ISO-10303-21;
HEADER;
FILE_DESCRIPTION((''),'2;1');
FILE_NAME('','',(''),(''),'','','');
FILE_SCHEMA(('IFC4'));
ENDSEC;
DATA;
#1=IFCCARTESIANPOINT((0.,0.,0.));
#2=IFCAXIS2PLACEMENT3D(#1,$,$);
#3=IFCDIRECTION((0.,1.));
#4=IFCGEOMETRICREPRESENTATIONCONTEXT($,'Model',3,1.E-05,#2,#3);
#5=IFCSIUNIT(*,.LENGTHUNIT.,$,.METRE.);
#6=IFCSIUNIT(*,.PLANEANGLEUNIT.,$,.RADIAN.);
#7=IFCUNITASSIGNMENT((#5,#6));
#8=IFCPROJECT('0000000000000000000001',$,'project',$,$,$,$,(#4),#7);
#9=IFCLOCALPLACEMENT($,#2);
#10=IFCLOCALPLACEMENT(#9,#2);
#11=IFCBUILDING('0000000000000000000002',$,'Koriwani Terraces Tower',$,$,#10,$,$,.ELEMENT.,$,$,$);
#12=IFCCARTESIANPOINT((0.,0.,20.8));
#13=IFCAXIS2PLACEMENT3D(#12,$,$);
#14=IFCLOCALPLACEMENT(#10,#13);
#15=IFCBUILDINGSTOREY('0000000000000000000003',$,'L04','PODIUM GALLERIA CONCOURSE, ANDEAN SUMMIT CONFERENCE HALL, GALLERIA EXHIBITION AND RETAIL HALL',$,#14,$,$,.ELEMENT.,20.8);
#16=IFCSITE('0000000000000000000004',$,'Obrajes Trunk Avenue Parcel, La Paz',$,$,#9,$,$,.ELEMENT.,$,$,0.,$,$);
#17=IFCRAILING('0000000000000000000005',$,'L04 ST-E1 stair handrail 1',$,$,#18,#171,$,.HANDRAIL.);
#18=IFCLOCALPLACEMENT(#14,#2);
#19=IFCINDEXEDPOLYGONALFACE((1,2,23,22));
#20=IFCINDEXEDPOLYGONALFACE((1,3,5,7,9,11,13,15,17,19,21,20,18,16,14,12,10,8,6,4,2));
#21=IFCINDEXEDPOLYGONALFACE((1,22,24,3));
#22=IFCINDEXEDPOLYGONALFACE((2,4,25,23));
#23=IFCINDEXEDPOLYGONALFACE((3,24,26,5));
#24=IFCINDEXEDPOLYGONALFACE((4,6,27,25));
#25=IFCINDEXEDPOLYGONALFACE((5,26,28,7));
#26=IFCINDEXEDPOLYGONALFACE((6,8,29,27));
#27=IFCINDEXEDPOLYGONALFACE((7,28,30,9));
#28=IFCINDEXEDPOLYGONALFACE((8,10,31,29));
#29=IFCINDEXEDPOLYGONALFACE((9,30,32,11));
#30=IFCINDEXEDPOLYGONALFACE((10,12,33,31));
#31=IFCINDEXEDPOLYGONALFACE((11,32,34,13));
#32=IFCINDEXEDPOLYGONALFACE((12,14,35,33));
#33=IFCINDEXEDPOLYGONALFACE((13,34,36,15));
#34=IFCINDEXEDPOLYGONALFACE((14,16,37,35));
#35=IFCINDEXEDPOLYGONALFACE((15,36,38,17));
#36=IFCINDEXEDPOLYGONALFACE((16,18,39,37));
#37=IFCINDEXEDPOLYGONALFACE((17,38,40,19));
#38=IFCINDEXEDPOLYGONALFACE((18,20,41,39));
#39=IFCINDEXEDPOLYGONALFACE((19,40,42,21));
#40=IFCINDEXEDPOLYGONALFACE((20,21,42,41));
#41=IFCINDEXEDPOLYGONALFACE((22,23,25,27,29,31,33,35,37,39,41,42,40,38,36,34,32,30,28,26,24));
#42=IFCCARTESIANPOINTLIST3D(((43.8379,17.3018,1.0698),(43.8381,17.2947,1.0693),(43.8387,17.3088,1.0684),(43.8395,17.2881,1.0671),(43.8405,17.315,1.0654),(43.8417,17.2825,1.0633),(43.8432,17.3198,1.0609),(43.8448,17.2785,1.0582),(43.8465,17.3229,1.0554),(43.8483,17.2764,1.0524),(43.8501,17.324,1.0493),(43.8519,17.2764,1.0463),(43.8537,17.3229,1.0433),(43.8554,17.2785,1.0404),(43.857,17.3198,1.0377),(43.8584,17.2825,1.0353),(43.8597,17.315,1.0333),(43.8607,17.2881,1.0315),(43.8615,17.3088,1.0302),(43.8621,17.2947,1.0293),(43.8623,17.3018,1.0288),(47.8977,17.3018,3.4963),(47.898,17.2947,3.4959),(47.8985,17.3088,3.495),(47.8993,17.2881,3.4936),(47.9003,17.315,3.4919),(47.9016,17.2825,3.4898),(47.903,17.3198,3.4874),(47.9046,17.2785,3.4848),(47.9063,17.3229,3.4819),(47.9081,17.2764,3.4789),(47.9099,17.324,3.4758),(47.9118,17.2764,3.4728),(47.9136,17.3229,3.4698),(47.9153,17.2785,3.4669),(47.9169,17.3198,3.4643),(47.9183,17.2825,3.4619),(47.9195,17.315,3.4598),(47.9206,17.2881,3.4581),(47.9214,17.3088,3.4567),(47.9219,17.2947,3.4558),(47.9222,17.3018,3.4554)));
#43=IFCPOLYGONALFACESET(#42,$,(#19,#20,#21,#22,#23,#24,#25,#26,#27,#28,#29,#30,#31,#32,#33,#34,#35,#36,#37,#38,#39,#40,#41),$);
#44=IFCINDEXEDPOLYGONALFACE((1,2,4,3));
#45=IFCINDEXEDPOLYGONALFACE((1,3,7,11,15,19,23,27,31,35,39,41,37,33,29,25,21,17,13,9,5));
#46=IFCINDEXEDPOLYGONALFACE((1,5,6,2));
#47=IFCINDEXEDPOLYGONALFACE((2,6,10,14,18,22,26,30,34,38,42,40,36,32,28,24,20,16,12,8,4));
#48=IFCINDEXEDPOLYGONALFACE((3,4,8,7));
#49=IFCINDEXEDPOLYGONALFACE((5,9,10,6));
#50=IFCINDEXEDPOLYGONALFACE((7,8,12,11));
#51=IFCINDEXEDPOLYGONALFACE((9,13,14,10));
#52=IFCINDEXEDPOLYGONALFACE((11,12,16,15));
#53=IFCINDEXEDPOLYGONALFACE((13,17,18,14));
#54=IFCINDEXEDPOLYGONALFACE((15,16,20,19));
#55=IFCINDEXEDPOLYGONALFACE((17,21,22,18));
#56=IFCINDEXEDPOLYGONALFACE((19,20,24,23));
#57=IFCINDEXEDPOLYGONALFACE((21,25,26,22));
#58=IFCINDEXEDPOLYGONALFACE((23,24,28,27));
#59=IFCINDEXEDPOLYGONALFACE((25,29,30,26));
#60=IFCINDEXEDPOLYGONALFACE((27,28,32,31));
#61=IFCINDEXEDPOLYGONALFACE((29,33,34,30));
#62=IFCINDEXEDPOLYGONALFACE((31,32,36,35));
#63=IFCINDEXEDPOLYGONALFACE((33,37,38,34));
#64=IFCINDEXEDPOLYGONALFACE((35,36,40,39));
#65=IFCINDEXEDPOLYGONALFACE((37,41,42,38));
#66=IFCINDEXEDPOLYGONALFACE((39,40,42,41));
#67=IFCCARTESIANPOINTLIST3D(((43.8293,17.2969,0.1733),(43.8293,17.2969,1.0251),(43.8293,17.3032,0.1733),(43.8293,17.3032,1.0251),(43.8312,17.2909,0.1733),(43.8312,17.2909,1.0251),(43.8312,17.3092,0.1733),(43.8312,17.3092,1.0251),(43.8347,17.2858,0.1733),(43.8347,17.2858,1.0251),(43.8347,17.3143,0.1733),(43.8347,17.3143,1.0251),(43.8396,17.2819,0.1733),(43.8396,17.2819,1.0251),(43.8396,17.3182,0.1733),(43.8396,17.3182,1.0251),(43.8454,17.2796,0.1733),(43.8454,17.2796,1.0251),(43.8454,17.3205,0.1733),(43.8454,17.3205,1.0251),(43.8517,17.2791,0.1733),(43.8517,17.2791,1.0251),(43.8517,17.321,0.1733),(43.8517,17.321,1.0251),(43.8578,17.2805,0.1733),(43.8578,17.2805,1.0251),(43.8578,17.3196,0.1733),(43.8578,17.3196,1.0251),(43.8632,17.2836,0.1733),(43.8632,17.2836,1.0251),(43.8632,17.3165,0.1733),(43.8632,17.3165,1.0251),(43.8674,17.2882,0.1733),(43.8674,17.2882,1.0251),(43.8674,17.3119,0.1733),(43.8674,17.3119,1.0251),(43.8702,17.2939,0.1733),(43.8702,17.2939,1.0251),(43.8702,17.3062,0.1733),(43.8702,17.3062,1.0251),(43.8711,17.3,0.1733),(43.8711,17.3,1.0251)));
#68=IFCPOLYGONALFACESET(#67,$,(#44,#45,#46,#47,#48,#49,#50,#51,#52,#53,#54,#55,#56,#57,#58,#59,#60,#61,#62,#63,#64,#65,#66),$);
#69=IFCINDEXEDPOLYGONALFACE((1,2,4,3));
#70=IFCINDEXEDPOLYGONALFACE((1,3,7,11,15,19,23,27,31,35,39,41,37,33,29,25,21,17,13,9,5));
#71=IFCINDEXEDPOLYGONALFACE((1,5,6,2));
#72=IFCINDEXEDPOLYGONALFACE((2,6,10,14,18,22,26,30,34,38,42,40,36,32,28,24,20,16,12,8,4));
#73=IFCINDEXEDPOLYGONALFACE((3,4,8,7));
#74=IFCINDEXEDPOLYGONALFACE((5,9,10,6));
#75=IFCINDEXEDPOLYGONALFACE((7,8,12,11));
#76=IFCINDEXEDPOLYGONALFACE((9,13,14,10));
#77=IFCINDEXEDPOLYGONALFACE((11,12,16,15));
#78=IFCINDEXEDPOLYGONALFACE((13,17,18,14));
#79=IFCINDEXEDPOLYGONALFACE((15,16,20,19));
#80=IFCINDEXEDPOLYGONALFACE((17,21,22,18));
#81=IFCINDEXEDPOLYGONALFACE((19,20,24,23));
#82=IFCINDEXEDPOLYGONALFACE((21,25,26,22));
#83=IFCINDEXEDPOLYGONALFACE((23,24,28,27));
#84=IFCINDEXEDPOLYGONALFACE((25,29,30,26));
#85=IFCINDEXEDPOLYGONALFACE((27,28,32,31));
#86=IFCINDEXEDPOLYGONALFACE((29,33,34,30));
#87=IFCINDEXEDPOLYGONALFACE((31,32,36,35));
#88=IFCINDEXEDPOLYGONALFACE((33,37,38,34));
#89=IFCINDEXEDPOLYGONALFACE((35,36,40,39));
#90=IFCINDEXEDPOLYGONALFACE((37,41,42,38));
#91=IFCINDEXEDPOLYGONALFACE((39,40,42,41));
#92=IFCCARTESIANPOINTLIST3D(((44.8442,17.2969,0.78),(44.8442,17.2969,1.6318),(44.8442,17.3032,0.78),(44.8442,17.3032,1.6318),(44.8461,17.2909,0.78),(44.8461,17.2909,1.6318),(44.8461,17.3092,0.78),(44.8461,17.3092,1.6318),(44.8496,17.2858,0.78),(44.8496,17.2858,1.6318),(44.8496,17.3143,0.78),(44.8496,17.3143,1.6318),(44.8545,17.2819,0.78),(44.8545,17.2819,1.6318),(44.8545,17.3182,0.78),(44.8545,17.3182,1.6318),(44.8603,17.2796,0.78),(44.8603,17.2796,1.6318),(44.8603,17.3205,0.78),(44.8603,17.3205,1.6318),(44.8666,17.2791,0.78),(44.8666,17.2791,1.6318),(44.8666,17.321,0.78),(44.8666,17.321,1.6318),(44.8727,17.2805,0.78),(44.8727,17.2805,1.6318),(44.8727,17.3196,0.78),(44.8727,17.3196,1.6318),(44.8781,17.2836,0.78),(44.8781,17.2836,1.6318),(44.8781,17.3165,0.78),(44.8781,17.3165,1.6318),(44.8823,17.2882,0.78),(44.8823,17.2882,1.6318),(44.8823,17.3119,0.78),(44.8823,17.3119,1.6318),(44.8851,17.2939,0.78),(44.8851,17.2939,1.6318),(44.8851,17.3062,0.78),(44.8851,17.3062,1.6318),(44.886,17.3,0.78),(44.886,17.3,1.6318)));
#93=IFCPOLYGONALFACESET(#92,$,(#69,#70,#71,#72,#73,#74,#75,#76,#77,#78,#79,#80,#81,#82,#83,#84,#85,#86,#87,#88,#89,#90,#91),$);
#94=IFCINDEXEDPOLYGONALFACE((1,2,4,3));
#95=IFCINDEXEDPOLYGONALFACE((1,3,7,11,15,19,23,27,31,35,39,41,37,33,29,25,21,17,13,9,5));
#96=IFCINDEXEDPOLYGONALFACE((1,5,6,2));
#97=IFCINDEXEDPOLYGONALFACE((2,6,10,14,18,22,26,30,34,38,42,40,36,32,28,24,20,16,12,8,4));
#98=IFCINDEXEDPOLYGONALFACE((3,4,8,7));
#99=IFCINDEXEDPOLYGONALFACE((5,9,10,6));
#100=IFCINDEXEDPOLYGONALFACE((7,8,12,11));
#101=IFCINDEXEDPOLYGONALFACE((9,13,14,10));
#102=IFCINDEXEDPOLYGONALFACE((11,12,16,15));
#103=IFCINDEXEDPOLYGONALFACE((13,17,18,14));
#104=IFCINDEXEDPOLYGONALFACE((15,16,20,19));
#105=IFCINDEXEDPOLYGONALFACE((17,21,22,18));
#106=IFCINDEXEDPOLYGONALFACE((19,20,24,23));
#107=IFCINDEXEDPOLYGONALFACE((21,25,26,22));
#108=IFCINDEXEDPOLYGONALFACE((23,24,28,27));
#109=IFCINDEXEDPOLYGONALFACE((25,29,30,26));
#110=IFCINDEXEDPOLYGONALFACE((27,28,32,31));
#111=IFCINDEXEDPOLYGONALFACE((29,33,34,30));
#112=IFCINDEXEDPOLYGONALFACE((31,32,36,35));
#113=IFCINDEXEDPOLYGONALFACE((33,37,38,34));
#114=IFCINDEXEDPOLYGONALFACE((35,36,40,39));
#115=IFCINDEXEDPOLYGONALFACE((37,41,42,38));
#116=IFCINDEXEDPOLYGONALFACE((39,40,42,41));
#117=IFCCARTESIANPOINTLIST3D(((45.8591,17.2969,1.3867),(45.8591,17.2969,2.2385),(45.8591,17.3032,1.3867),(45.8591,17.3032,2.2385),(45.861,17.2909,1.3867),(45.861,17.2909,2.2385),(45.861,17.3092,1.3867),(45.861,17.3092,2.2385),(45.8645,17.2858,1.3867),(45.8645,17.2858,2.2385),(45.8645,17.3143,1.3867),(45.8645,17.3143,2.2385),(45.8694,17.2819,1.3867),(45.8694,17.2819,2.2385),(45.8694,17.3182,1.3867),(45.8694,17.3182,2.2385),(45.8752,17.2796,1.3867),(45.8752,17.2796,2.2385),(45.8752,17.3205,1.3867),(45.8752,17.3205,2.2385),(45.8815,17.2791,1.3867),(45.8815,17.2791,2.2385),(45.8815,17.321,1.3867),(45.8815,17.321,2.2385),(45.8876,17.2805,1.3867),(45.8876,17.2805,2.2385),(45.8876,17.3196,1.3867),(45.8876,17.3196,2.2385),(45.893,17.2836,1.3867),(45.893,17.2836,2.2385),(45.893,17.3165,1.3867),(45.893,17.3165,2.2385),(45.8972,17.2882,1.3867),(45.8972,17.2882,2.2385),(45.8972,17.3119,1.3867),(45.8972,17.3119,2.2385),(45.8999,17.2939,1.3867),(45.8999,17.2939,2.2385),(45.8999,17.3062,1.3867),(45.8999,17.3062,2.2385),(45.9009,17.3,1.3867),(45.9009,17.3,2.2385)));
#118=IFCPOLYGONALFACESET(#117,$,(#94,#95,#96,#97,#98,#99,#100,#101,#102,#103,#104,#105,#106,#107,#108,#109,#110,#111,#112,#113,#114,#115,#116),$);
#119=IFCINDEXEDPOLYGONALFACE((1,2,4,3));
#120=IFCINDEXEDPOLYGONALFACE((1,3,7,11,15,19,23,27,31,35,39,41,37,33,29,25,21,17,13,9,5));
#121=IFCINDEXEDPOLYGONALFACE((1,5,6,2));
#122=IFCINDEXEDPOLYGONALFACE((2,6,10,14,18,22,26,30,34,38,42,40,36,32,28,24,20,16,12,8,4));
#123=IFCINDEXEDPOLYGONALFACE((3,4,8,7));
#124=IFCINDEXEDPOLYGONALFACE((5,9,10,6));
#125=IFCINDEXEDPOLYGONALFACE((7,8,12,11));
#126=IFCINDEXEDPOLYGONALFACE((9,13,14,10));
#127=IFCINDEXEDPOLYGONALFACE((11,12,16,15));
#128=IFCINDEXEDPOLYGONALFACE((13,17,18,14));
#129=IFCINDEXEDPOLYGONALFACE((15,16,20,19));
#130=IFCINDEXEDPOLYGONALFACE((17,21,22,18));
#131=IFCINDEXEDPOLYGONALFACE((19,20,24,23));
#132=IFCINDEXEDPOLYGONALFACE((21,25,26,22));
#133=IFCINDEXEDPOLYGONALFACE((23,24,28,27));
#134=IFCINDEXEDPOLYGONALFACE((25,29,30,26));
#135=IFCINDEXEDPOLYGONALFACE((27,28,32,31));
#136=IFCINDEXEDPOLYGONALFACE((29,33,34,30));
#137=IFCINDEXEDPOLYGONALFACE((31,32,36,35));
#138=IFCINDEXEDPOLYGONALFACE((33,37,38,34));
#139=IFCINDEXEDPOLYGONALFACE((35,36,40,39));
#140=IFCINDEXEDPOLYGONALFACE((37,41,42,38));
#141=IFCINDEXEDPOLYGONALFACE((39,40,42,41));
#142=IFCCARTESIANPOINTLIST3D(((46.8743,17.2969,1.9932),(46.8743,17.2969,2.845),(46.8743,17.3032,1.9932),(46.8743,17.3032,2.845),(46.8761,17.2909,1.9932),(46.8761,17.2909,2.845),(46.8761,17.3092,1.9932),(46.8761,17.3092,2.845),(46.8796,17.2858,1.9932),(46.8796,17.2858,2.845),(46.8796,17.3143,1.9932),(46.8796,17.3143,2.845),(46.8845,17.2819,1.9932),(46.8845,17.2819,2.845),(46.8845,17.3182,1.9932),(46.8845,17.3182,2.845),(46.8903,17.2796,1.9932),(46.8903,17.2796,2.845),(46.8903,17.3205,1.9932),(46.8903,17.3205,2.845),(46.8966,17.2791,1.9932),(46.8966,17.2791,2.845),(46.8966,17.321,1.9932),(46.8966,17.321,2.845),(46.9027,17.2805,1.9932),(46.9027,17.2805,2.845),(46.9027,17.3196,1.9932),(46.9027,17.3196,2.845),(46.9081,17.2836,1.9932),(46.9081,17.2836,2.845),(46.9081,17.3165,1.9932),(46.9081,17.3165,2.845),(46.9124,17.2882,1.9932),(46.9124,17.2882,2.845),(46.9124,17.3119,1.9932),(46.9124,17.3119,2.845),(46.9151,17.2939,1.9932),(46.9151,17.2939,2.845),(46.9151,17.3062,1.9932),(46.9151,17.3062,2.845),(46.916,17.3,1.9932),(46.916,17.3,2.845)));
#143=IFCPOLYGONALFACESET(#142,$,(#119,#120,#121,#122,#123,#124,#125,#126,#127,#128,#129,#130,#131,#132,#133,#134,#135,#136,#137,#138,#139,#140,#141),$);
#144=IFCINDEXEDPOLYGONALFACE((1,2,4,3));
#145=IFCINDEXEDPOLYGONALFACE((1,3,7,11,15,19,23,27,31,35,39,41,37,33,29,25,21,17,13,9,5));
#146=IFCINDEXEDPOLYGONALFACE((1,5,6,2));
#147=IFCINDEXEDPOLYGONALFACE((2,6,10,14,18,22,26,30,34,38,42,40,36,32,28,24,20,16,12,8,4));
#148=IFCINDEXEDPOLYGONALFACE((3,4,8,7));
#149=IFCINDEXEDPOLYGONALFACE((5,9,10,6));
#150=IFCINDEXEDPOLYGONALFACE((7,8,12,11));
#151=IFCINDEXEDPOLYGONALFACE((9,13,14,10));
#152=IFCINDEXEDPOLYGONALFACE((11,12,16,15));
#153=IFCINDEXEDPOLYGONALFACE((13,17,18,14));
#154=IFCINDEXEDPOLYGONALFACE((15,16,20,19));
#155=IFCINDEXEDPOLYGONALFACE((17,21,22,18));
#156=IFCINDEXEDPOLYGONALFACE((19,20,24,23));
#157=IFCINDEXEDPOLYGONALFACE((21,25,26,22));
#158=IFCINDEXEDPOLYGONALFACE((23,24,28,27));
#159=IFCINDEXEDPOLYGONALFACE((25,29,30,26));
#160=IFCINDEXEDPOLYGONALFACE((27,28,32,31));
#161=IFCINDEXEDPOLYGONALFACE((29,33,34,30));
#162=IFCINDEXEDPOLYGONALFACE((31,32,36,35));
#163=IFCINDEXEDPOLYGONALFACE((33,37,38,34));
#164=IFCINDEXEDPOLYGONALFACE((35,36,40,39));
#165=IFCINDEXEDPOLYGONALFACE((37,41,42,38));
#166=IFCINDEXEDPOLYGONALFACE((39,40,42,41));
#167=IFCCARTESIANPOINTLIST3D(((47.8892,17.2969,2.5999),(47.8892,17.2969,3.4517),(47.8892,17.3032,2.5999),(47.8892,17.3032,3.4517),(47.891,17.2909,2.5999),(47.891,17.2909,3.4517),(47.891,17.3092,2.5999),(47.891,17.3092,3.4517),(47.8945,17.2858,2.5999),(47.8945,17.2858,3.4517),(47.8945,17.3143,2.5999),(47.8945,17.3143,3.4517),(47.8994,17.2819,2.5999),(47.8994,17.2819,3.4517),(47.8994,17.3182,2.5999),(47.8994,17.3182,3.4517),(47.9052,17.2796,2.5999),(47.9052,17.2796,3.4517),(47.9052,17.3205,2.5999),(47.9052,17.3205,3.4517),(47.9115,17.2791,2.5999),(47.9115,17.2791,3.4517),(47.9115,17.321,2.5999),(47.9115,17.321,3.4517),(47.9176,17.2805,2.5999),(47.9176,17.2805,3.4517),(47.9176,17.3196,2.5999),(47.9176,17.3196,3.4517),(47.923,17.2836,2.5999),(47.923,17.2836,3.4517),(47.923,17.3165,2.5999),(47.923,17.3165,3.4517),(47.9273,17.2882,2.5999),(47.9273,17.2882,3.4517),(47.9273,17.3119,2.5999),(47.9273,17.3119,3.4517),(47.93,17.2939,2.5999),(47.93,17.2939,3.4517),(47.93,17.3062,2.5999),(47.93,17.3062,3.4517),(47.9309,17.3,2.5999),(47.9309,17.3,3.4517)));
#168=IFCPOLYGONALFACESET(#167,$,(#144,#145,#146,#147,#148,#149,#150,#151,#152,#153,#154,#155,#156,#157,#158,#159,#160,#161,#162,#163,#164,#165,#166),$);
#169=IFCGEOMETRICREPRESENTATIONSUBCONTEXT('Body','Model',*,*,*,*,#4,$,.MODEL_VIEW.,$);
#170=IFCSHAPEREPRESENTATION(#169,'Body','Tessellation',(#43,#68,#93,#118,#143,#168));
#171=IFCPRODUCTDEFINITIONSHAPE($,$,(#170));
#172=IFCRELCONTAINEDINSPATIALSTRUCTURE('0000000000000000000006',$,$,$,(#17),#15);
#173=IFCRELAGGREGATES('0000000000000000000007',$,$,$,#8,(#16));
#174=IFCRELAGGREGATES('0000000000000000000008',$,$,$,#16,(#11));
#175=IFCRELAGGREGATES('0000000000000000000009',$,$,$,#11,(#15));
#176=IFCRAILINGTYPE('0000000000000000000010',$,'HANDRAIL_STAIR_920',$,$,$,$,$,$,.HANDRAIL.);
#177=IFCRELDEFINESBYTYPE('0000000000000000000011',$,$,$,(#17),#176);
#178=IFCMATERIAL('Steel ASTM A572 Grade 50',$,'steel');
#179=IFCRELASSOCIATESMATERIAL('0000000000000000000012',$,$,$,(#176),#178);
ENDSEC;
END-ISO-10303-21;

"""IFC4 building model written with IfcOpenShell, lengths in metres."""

from ifc_helpers import new_model, si_unit, direction, frame, origin, origin_2d, place, context, subcontext, project, spatial, circle, extrude, material, type_object, element, save


model = new_model("IFC4")

# Units and contexts
model_context = context("Model", 3, precision=1e-05, world=origin(), true_north=direction((0.0, 1.0)))
body_context = subcontext(model_context, "Body", "Model", "MODEL_VIEW")
ifc_project = project(units=[si_unit("LENGTHUNIT", "METRE"), si_unit("PLANEANGLEUNIT", "RADIAN")], contexts=[model_context])

# Site, building, storey
site_placement = place(None, origin())
site = spatial("IfcSite", under=ifc_project, at=site_placement, Name="Obrajes Trunk Avenue Parcel, La Paz", CompositionType="ELEMENT", RefElevation=0.0)
building_placement = place(site_placement, origin())
building = spatial("IfcBuilding", under=site, at=building_placement, Name="Koriwani Terraces Tower", CompositionType="ELEMENT")
storey_placement = place(building_placement, frame((0.0, 0.0, 20.8)))
storey = spatial("IfcBuildingStorey", under=building, at=storey_placement, Name="L04", Description="PODIUM GALLERIA CONCOURSE, ANDEAN SUMMIT CONFERENCE HALL, GALLERIA EXHIBITION AND RETAIL HALL", CompositionType="ELEMENT", Elevation=20.8)

# Shared definitions
ifc_material_1 = material(Name="Steel ASTM A572 Grade 50", Category="steel")

# Railing
railing_type_1 = type_object("IfcRailingType", Name="HANDRAIL_STAIR_920", PredefinedType="HANDRAIL", material=ifc_material_1)
railing_1_placement = place(storey_placement, frame((43.8501, 17.3, 0.1733)))
element("IfcRailing", 1, at=railing_1_placement, inside=storey, type_object=railing_type_1, Name="L04 ST-E1 stair handrail 1", PredefinedType="HANDRAIL", context=body_context, shape_type="SweptSolid", body=[
    extrude(circle(Radius=0.0239, at=origin_2d()), frame((0.0, 0.0, 0.876), z_axis=(0.858366, 0.0, 0.513038), x_axis=(0.0, 1.0, 0.0)), (0.0, 0.0, 1.0), 4.7297),
    extrude(circle(Radius=0.021, at=origin_2d()), origin(), (0.0, 0.0, 1.0), 0.8518),
    extrude(circle(Radius=0.021, at=origin_2d()), frame((1.0149, 0.0, 0.6067)), (0.0, 0.0, 1.0), 0.8518),
    extrude(circle(Radius=0.021, at=origin_2d()), frame((2.0298, 0.0, 1.2134)), (0.0, 0.0, 1.0), 0.8518),
    extrude(circle(Radius=0.021, at=origin_2d()), frame((3.0449, 0.0, 1.8198)), (0.0, 0.0, 1.0), 0.8518),
    extrude(circle(Radius=0.021, at=origin_2d()), frame((4.0598, 0.0, 2.4265)), (0.0, 0.0, 1.0), 0.8518),
])

save(model, "model.ifc")
